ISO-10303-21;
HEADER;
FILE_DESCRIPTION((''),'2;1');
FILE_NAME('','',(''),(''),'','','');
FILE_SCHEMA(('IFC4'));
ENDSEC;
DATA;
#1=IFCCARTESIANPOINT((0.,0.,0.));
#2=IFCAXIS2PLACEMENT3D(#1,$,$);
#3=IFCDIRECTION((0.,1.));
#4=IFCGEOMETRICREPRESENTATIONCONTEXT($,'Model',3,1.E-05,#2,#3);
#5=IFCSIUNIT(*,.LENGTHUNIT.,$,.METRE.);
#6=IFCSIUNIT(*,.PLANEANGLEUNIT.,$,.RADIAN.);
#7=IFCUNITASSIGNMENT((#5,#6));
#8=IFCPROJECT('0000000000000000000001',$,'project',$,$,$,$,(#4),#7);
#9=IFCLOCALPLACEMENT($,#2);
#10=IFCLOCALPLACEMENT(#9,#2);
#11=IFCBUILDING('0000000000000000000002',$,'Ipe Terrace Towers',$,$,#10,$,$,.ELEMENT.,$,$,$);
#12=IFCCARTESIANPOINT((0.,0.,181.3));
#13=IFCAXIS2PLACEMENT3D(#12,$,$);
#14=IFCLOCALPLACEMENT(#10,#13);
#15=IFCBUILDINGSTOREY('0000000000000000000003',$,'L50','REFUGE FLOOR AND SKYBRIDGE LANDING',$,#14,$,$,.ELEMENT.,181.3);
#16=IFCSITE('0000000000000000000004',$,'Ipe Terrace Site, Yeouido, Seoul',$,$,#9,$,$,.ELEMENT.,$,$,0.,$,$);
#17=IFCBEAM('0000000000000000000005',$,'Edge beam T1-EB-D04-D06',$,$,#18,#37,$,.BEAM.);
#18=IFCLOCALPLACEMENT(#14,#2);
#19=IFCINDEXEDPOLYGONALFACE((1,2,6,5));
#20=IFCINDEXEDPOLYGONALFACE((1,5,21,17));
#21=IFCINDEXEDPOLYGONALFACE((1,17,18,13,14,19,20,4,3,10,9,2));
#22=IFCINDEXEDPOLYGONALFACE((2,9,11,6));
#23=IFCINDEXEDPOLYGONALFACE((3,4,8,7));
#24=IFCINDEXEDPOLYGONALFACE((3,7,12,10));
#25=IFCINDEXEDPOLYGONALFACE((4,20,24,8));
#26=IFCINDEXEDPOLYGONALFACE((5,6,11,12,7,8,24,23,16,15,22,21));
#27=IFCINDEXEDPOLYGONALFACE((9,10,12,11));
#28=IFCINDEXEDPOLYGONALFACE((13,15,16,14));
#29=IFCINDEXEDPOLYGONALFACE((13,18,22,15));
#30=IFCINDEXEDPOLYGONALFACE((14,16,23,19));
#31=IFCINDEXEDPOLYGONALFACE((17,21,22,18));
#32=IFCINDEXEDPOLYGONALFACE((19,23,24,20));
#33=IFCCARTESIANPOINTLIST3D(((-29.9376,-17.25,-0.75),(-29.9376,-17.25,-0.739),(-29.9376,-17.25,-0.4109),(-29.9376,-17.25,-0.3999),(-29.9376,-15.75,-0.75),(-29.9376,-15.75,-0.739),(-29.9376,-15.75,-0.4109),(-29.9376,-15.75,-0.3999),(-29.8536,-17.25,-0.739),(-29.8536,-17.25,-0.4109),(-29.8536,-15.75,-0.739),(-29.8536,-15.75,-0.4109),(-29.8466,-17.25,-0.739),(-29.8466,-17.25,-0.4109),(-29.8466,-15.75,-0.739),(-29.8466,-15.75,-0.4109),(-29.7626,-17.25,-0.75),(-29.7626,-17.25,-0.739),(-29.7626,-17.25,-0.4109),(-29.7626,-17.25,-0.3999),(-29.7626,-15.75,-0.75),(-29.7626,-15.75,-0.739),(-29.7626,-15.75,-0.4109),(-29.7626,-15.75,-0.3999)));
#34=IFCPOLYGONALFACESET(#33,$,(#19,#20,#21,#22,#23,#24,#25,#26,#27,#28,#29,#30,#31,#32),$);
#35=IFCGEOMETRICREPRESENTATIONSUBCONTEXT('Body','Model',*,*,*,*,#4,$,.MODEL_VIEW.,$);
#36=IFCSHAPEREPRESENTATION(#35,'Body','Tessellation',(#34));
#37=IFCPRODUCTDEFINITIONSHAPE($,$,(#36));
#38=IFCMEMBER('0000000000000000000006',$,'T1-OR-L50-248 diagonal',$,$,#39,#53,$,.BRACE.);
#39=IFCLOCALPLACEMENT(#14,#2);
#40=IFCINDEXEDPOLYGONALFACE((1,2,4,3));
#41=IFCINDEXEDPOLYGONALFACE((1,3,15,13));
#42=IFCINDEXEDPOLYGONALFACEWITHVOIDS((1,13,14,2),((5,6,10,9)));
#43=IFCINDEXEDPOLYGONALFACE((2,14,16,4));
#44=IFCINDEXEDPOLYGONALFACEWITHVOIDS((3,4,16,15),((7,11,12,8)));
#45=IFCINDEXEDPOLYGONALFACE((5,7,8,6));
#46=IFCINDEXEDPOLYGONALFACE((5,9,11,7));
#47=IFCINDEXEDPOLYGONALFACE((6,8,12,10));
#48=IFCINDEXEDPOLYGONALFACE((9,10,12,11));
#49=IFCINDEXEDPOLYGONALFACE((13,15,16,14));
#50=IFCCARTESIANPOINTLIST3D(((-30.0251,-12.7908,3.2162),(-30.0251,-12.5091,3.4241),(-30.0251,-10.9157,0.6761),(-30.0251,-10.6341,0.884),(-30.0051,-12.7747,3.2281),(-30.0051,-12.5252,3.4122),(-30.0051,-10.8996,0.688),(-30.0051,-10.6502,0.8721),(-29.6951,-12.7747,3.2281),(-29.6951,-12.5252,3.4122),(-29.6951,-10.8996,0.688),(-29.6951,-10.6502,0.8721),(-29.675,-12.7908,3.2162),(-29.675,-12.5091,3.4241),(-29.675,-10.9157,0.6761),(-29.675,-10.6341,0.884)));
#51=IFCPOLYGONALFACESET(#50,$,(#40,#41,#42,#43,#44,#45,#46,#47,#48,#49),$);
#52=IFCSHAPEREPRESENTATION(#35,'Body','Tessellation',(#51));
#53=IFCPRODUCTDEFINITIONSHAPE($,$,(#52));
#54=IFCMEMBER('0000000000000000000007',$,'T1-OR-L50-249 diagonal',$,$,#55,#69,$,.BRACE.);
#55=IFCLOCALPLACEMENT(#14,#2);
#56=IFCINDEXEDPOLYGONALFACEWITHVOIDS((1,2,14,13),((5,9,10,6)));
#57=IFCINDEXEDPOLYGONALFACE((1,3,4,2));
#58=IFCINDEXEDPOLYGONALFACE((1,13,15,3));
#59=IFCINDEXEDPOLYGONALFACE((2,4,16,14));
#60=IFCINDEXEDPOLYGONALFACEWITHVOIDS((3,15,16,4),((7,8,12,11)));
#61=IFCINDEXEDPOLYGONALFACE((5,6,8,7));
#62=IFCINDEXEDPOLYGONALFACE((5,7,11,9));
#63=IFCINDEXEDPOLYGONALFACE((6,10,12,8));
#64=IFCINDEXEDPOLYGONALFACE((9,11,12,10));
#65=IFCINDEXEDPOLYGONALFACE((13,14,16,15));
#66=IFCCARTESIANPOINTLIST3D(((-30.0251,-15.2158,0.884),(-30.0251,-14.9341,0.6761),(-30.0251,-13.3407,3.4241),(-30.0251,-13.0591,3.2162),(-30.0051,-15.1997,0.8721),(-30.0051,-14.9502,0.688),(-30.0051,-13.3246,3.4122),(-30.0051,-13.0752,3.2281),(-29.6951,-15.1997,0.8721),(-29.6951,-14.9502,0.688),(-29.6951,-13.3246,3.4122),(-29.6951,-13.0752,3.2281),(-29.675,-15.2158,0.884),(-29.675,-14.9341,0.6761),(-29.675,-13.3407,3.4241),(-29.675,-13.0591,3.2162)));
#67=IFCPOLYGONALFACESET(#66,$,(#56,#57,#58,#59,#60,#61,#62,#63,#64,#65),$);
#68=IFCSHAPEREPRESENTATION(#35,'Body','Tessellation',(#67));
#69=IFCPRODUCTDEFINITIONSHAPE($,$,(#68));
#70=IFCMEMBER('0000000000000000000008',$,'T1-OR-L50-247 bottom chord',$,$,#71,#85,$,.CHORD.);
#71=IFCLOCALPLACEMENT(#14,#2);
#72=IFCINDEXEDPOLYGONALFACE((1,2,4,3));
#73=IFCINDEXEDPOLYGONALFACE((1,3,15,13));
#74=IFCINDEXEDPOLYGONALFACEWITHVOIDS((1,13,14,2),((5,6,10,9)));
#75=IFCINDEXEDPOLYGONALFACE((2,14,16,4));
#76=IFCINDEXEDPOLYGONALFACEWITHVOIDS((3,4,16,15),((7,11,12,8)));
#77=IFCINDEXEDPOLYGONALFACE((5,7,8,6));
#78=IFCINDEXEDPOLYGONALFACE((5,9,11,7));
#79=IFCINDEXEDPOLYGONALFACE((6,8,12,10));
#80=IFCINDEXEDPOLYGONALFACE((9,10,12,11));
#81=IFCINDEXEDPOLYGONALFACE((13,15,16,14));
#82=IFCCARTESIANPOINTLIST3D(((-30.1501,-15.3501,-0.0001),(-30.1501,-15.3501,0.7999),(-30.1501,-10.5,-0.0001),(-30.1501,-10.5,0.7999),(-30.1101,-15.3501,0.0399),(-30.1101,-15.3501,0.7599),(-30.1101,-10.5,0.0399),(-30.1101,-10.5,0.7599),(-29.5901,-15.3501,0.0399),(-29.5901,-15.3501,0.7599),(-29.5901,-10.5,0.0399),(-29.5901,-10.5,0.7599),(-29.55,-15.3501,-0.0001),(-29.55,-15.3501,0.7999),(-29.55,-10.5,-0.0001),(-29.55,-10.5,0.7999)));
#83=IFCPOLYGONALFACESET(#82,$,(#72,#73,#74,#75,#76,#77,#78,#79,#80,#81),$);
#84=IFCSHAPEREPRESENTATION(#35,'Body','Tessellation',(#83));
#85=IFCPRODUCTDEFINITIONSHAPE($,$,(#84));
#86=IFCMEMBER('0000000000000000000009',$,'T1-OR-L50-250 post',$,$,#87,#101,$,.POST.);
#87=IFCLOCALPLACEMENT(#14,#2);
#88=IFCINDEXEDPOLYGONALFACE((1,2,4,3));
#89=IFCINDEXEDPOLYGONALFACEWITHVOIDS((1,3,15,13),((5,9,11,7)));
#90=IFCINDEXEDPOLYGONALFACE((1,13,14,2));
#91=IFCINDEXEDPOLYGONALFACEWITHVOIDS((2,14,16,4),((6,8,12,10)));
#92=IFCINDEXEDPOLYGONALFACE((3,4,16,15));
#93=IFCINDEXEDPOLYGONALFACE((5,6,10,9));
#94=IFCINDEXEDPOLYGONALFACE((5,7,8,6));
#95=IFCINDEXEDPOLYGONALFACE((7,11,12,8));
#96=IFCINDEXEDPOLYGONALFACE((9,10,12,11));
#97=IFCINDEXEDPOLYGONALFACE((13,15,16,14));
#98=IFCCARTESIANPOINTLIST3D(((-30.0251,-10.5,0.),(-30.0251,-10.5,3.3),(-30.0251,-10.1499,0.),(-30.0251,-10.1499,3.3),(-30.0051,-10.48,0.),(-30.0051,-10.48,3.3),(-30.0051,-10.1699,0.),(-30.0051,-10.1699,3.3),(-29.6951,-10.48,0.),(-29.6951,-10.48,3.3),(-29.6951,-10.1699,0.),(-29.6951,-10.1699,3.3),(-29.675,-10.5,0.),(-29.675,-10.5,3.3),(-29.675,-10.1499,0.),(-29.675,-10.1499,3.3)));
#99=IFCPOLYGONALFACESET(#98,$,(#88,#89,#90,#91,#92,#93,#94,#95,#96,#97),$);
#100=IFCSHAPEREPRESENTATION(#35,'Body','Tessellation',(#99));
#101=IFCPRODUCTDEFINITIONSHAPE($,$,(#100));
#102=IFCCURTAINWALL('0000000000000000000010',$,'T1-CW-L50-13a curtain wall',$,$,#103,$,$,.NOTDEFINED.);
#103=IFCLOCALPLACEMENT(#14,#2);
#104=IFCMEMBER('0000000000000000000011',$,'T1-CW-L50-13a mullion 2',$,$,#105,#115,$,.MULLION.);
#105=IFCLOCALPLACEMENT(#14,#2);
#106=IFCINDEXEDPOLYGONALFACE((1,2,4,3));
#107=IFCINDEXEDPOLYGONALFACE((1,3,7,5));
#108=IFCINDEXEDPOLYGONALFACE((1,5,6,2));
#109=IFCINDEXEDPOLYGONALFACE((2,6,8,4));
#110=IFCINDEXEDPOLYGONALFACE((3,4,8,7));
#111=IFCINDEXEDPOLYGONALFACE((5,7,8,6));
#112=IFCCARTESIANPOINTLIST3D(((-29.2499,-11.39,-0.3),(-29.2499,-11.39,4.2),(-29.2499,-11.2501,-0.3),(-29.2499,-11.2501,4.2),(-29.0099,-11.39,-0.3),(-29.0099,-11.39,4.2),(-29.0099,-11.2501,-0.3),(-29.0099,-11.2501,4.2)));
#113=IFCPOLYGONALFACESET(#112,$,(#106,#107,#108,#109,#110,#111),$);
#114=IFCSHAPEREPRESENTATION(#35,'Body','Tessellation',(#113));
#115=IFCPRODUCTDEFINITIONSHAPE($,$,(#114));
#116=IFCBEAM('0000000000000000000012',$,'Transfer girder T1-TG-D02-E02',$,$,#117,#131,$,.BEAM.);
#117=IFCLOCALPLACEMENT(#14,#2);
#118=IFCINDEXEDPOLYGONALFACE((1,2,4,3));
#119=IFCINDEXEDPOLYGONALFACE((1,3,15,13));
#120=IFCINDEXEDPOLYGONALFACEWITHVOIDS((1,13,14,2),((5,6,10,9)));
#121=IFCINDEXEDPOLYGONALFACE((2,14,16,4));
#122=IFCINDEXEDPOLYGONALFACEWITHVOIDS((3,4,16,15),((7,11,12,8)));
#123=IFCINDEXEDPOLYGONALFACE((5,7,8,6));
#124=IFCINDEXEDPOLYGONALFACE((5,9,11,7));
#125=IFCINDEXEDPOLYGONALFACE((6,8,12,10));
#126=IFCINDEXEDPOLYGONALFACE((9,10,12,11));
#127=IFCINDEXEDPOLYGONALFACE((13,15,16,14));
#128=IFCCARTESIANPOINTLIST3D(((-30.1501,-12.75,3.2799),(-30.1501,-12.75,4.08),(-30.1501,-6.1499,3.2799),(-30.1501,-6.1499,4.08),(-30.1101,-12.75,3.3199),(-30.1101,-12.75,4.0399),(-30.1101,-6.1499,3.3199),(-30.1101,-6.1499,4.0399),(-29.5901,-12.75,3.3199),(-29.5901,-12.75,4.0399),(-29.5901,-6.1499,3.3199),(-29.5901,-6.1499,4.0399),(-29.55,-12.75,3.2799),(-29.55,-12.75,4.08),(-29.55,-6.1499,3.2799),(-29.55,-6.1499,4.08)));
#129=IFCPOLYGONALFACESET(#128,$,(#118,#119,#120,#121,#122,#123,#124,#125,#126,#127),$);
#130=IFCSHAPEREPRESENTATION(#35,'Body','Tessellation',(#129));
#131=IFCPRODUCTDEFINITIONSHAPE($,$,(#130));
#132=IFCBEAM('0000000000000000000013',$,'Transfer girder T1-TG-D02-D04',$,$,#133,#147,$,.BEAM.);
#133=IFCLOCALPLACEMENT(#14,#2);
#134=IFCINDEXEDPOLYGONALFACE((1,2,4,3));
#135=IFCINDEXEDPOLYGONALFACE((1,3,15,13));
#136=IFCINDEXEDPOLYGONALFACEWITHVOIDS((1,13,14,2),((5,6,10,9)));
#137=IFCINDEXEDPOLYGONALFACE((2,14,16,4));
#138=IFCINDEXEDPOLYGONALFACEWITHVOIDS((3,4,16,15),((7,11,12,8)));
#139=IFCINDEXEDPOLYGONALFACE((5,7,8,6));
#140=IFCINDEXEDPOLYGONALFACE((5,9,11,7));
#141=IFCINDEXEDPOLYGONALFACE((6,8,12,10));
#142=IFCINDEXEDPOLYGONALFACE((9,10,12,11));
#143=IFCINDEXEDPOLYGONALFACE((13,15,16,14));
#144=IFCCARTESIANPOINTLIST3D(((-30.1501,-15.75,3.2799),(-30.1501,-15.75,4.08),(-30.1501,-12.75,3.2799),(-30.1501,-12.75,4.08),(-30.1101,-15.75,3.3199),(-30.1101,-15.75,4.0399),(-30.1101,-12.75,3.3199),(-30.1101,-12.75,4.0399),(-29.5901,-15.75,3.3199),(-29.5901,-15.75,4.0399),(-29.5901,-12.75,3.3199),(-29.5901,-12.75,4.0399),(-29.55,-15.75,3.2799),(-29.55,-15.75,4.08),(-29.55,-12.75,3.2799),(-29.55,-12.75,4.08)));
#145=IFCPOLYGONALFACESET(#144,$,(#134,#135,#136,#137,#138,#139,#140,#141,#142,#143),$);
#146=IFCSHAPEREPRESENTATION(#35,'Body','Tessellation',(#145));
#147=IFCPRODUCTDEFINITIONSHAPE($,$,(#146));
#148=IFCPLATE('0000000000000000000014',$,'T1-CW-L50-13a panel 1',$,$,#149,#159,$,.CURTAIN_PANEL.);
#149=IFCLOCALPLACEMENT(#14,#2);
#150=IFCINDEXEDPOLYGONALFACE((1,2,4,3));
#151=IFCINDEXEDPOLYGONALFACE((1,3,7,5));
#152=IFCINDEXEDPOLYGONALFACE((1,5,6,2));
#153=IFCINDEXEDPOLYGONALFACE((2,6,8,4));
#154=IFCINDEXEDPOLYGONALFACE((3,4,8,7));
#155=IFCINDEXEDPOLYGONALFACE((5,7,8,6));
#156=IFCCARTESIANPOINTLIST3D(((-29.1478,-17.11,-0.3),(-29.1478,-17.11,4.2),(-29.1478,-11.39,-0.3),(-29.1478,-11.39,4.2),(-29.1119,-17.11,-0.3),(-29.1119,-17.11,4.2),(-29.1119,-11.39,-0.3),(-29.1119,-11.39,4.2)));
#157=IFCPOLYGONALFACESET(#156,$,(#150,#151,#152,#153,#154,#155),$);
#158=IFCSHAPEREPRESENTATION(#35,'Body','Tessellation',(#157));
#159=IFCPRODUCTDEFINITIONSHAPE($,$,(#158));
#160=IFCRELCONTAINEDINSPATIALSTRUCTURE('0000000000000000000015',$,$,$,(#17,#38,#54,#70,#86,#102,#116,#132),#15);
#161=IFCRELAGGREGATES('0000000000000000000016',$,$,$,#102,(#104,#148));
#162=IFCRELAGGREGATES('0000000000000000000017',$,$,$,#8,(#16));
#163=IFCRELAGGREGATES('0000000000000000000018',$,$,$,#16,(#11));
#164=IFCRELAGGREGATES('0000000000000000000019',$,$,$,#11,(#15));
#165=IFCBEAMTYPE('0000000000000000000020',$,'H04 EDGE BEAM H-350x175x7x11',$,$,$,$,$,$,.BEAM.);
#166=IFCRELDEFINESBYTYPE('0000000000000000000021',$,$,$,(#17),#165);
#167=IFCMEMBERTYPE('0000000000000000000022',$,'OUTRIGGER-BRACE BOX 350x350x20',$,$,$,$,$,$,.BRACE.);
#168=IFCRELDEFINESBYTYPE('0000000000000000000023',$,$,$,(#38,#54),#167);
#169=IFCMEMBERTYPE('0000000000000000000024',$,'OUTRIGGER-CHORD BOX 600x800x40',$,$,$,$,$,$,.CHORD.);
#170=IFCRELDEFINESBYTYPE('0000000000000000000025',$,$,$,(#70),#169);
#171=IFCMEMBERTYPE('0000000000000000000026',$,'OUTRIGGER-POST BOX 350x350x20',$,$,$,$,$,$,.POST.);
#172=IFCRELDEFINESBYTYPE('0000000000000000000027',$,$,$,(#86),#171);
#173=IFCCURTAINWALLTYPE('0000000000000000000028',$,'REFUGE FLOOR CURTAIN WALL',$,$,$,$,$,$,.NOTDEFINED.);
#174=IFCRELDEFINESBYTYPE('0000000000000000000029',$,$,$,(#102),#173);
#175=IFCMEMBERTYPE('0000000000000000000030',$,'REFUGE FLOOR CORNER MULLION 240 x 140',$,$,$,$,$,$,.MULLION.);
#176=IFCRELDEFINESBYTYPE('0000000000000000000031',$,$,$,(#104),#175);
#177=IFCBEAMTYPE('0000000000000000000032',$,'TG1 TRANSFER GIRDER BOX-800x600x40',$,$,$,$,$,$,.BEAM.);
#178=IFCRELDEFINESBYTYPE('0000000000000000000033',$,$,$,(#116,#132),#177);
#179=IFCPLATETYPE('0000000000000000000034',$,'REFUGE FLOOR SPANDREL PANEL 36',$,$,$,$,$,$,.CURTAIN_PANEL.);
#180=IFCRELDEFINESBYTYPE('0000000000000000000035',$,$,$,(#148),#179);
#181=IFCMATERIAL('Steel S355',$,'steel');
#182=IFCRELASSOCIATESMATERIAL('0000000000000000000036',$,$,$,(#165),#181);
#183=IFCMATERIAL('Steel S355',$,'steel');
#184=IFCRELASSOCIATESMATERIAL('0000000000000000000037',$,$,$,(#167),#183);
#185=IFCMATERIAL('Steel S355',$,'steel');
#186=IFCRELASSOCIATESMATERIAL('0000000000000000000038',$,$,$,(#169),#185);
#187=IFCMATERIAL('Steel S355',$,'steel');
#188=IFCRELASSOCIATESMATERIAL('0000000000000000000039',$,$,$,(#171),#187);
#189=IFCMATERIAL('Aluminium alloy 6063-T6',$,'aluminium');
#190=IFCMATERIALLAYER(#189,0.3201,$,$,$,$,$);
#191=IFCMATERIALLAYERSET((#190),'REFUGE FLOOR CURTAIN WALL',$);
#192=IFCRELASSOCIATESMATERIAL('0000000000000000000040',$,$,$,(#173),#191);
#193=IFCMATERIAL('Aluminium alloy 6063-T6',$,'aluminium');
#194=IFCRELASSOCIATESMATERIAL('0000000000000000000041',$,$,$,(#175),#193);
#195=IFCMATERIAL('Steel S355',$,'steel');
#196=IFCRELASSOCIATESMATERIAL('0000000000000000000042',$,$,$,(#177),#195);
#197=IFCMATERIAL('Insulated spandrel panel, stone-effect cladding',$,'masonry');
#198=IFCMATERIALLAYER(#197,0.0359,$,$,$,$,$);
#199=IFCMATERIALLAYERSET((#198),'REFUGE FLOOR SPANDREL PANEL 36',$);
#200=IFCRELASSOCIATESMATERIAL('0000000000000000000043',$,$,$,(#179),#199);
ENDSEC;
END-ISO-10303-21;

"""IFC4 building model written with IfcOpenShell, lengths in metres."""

from ifc_helpers import new_model, si_unit, direction, frame, origin, origin_2d, place, context, subcontext, project, spatial, rectangle, hollow_rectangle, i_section, extrude, material, layer, layer_set, material_profile, profile_set, type_object, element, aggregate, save


model = new_model("IFC4")

# Units and contexts
model_context = context("Model", 3, precision=1e-05, world=origin(), true_north=direction((0.0, 1.0)))
body_context = subcontext(model_context, "Body", "Model", "MODEL_VIEW")
ifc_project = project(units=[si_unit("LENGTHUNIT", "METRE"), si_unit("PLANEANGLEUNIT", "RADIAN")], contexts=[model_context])

# Site, building, storey
site_placement = place(None, origin())
site = spatial("IfcSite", under=ifc_project, at=site_placement, Name="Ipe Terrace Site, Yeouido, Seoul", CompositionType="ELEMENT", RefElevation=0.0)
building_placement = place(site_placement, origin())
building = spatial("IfcBuilding", under=site, at=building_placement, Name="Ipe Terrace Towers", CompositionType="ELEMENT")
storey_placement = place(building_placement, frame((0.0, 0.0, 181.3)))
storey = spatial("IfcBuildingStorey", under=building, at=storey_placement, Name="L50", Description="REFUGE FLOOR AND SKYBRIDGE LANDING", CompositionType="ELEMENT", Elevation=181.3)

# Beam
ifc_material_1 = material(Name="Steel S355", Category="steel")
ifc_material_profile_1 = material_profile(ifc_material_1, i_section(OverallWidth=0.175, OverallDepth=0.3501, WebThickness=0.0071, FlangeThickness=0.011, at=origin_2d()), Name="H-350x175x7x11")
ifc_profile_set_1 = profile_set([ifc_material_profile_1], Name="Steel S355")
beam_type_1 = type_object("IfcBeamType", Name="H04 EDGE BEAM H-350x175x7x11", PredefinedType="BEAM", material=ifc_profile_set_1)
beam_1_placement = place(storey_placement, frame((-29.8501, -15.75, -0.575), z_axis=(0.0, -1.0, 0.0), x_axis=(1.0, 0.0, 0.0)))
element("IfcBeam", 1, at=beam_1_placement, inside=storey, type_object=beam_type_1, Name="Edge beam T1-EB-D04-D06", PredefinedType="BEAM", context=body_context, shape_type="SweptSolid", body=[
    extrude(i_section(OverallWidth=0.175, OverallDepth=0.3501, WebThickness=0.0071, FlangeThickness=0.011, at=origin_2d()), origin(), (0.0, 0.0, 1.0), 1.5),
])

# Members
ifc_material_2 = material(Name="Steel S355", Category="steel")
ifc_material_profile_2 = material_profile(ifc_material_2, hollow_rectangle(XDim=0.3501, YDim=0.3501, WallThickness=0.02, at=origin_2d()), Name="OUTRIGGER-BRACE BOX 350x350x20")
ifc_profile_set_2 = profile_set([ifc_material_profile_2], Name="Steel S355")
member_type_1 = type_object("IfcMemberType", Name="OUTRIGGER-BRACE BOX 350x350x20", PredefinedType="BRACE", material=ifc_profile_set_2)
for number, where, z_axis, x_axis, name in (
    (2, (-29.8501, -10.7749, 0.78), (0.0, -0.593895, 0.804542), (1.0, 0.0, 0.0), "T1-OR-L50-248 diagonal"),
    (3, (-29.8501, -15.075, 0.78), (0.0, 0.593895, 0.804542), (-1.0, 0.0, 0.0), "T1-OR-L50-249 diagonal"),
):
    element("IfcMember", number, at=place(storey_placement, frame(where, z_axis=z_axis, x_axis=x_axis)), inside=storey, type_object=member_type_1, Name=name, PredefinedType="BRACE", context=body_context, shape_type="SweptSolid", body=[
        extrude(hollow_rectangle(XDim=0.3501, YDim=0.3501, WallThickness=0.02, at=origin_2d()), origin(), (0.0, 0.0, 1.0), 3.1572),
    ])
ifc_material_3 = material(Name="Steel S355", Category="steel")
ifc_material_profile_3 = material_profile(ifc_material_3, hollow_rectangle(XDim=0.6001, YDim=0.8, WallThickness=0.04, at=origin_2d()), Name="OUTRIGGER-CHORD BOX 600x800x40")
ifc_profile_set_3 = profile_set([ifc_material_profile_3], Name="Steel S355")
member_type_2 = type_object("IfcMemberType", Name="OUTRIGGER-CHORD BOX 600x800x40", PredefinedType="CHORD", material=ifc_profile_set_3)
member_1_placement = place(storey_placement, frame((-29.8501, -10.5, 0.3999), z_axis=(0.0, -1.0, 0.0), x_axis=(1.0, 0.0, 0.0)))
element("IfcMember", 4, at=member_1_placement, inside=storey, type_object=member_type_2, Name="T1-OR-L50-247 bottom chord", PredefinedType="CHORD", context=body_context, shape_type="SweptSolid", body=[
    extrude(hollow_rectangle(XDim=0.6001, YDim=0.8, WallThickness=0.04, at=origin_2d()), origin(), (0.0, 0.0, 1.0), 4.8501),
])
ifc_material_4 = material(Name="Steel S355", Category="steel")
ifc_material_profile_4 = material_profile(ifc_material_4, hollow_rectangle(XDim=0.3501, YDim=0.3501, WallThickness=0.02, at=origin_2d()), Name="OUTRIGGER-POST BOX 350x350x20")
ifc_profile_set_4 = profile_set([ifc_material_profile_4], Name="Steel S355")
member_type_3 = type_object("IfcMemberType", Name="OUTRIGGER-POST BOX 350x350x20", PredefinedType="POST", material=ifc_profile_set_4)
member_2_placement = place(storey_placement, frame((-29.8501, -10.325, 0.0), z_axis=(0.0, 0.0, 1.0), x_axis=(1.0, 0.0, 0.0)))
element("IfcMember", 5, at=member_2_placement, inside=storey, type_object=member_type_3, Name="T1-OR-L50-250 post", PredefinedType="POST", context=body_context, shape_type="SweptSolid", body=[
    extrude(hollow_rectangle(XDim=0.3501, YDim=0.3501, WallThickness=0.02, at=origin_2d()), origin(), (0.0, 0.0, 1.0), 3.3),
])

# Curtain wall, member
ifc_material_5 = material(Name="Aluminium alloy 6063-T6", Category="aluminium")
ifc_layer_1 = layer(ifc_material_5, 0.3201)
ifc_layer_set_1 = layer_set([ifc_layer_1], Name="REFUGE FLOOR CURTAIN WALL")
curtain_wall_type = type_object("IfcCurtainWallType", Name="REFUGE FLOOR CURTAIN WALL", PredefinedType="NOTDEFINED", material=ifc_layer_set_1)
curtain_wall_placement = place(storey_placement, origin())
curtain_wall = element("IfcCurtainWall", 6, at=curtain_wall_placement, inside=storey, type_object=curtain_wall_type, Name="T1-CW-L50-13a curtain wall", PredefinedType="NOTDEFINED")
ifc_material_6 = material(Name="Aluminium alloy 6063-T6", Category="aluminium")
ifc_material_profile_5 = material_profile(ifc_material_6, rectangle(XDim=0.24, YDim=0.1399, at=origin_2d()), Name="REFUGE FLOOR CORNER MULLION 240 x 140")
ifc_profile_set_5 = profile_set([ifc_material_profile_5], Name="Aluminium alloy 6063-T6")
member_type_4 = type_object("IfcMemberType", Name="REFUGE FLOOR CORNER MULLION 240 x 140", PredefinedType="MULLION", material=ifc_profile_set_5)
member_3_placement = place(storey_placement, frame((-29.1299, -11.3201, -0.3), z_axis=(0.0, 0.0, 1.0), x_axis=(1.0, 0.0, 0.0)))
member_3 = element("IfcMember", 7, at=member_3_placement, type_object=member_type_4, Name="T1-CW-L50-13a mullion 2", PredefinedType="MULLION", context=body_context, shape_type="SweptSolid", body=[
    extrude(rectangle(XDim=0.24, YDim=0.1399, at=origin_2d()), origin(), (0.0, 0.0, 1.0), 4.5),
])

# Beams
ifc_material_7 = material(Name="Steel S355", Category="steel")
ifc_material_profile_6 = material_profile(ifc_material_7, hollow_rectangle(XDim=0.6001, YDim=0.8, WallThickness=0.04, at=origin_2d()), Name="BOX-800x600x40")
ifc_profile_set_6 = profile_set([ifc_material_profile_6], Name="Steel S355")
beam_type_2 = type_object("IfcBeamType", Name="TG1 TRANSFER GIRDER BOX-800x600x40", PredefinedType="BEAM", material=ifc_profile_set_6)
beam_2_placement = place(storey_placement, frame((-29.8501, -6.1499, 3.6799), z_axis=(0.0, -1.0, 0.0), x_axis=(1.0, 0.0, 0.0)))
element("IfcBeam", 8, at=beam_2_placement, inside=storey, type_object=beam_type_2, Name="Transfer girder T1-TG-D02-E02", PredefinedType="BEAM", context=body_context, shape_type="SweptSolid", body=[
    extrude(hollow_rectangle(XDim=0.6001, YDim=0.8, WallThickness=0.04, at=origin_2d()), origin(), (0.0, 0.0, 1.0), 6.6001),
])
beam_3_placement = place(storey_placement, frame((-29.8501, -12.75, 3.6799), z_axis=(0.0, -1.0, 0.0), x_axis=(1.0, 0.0, 0.0)))
element("IfcBeam", 9, at=beam_3_placement, inside=storey, type_object=beam_type_2, Name="Transfer girder T1-TG-D02-D04", PredefinedType="BEAM", context=body_context, shape_type="SweptSolid", body=[
    extrude(hollow_rectangle(XDim=0.6001, YDim=0.8, WallThickness=0.04, at=origin_2d()), origin(), (0.0, 0.0, 1.0), 3.0),
])

# Plate
ifc_material_8 = material(Name="Insulated spandrel panel, stone-effect cladding", Category="masonry")
ifc_layer_2 = layer(ifc_material_8, 0.0359)
ifc_layer_set_2 = layer_set([ifc_layer_2], Name="REFUGE FLOOR SPANDREL PANEL 36")
plate_type = type_object("IfcPlateType", Name="REFUGE FLOOR SPANDREL PANEL 36", PredefinedType="CURTAIN_PANEL", material=ifc_layer_set_2)
plate_placement = place(storey_placement, frame((-29.1299, -14.25, -0.3), z_axis=(0.0, 0.0, 1.0), x_axis=(0.0, 1.0, 0.0)))
plate = element("IfcPlate", 10, at=plate_placement, type_object=plate_type, Name="T1-CW-L50-13a panel 1", PredefinedType="CURTAIN_PANEL", context=body_context, shape_type="SweptSolid", body=[
    extrude(rectangle(XDim=5.72, YDim=0.0359, at=origin_2d()), origin(), (0.0, 0.0, 1.0), 4.5),
])
aggregate(curtain_wall, [member_3, plate])

save(model, "model.ifc")
